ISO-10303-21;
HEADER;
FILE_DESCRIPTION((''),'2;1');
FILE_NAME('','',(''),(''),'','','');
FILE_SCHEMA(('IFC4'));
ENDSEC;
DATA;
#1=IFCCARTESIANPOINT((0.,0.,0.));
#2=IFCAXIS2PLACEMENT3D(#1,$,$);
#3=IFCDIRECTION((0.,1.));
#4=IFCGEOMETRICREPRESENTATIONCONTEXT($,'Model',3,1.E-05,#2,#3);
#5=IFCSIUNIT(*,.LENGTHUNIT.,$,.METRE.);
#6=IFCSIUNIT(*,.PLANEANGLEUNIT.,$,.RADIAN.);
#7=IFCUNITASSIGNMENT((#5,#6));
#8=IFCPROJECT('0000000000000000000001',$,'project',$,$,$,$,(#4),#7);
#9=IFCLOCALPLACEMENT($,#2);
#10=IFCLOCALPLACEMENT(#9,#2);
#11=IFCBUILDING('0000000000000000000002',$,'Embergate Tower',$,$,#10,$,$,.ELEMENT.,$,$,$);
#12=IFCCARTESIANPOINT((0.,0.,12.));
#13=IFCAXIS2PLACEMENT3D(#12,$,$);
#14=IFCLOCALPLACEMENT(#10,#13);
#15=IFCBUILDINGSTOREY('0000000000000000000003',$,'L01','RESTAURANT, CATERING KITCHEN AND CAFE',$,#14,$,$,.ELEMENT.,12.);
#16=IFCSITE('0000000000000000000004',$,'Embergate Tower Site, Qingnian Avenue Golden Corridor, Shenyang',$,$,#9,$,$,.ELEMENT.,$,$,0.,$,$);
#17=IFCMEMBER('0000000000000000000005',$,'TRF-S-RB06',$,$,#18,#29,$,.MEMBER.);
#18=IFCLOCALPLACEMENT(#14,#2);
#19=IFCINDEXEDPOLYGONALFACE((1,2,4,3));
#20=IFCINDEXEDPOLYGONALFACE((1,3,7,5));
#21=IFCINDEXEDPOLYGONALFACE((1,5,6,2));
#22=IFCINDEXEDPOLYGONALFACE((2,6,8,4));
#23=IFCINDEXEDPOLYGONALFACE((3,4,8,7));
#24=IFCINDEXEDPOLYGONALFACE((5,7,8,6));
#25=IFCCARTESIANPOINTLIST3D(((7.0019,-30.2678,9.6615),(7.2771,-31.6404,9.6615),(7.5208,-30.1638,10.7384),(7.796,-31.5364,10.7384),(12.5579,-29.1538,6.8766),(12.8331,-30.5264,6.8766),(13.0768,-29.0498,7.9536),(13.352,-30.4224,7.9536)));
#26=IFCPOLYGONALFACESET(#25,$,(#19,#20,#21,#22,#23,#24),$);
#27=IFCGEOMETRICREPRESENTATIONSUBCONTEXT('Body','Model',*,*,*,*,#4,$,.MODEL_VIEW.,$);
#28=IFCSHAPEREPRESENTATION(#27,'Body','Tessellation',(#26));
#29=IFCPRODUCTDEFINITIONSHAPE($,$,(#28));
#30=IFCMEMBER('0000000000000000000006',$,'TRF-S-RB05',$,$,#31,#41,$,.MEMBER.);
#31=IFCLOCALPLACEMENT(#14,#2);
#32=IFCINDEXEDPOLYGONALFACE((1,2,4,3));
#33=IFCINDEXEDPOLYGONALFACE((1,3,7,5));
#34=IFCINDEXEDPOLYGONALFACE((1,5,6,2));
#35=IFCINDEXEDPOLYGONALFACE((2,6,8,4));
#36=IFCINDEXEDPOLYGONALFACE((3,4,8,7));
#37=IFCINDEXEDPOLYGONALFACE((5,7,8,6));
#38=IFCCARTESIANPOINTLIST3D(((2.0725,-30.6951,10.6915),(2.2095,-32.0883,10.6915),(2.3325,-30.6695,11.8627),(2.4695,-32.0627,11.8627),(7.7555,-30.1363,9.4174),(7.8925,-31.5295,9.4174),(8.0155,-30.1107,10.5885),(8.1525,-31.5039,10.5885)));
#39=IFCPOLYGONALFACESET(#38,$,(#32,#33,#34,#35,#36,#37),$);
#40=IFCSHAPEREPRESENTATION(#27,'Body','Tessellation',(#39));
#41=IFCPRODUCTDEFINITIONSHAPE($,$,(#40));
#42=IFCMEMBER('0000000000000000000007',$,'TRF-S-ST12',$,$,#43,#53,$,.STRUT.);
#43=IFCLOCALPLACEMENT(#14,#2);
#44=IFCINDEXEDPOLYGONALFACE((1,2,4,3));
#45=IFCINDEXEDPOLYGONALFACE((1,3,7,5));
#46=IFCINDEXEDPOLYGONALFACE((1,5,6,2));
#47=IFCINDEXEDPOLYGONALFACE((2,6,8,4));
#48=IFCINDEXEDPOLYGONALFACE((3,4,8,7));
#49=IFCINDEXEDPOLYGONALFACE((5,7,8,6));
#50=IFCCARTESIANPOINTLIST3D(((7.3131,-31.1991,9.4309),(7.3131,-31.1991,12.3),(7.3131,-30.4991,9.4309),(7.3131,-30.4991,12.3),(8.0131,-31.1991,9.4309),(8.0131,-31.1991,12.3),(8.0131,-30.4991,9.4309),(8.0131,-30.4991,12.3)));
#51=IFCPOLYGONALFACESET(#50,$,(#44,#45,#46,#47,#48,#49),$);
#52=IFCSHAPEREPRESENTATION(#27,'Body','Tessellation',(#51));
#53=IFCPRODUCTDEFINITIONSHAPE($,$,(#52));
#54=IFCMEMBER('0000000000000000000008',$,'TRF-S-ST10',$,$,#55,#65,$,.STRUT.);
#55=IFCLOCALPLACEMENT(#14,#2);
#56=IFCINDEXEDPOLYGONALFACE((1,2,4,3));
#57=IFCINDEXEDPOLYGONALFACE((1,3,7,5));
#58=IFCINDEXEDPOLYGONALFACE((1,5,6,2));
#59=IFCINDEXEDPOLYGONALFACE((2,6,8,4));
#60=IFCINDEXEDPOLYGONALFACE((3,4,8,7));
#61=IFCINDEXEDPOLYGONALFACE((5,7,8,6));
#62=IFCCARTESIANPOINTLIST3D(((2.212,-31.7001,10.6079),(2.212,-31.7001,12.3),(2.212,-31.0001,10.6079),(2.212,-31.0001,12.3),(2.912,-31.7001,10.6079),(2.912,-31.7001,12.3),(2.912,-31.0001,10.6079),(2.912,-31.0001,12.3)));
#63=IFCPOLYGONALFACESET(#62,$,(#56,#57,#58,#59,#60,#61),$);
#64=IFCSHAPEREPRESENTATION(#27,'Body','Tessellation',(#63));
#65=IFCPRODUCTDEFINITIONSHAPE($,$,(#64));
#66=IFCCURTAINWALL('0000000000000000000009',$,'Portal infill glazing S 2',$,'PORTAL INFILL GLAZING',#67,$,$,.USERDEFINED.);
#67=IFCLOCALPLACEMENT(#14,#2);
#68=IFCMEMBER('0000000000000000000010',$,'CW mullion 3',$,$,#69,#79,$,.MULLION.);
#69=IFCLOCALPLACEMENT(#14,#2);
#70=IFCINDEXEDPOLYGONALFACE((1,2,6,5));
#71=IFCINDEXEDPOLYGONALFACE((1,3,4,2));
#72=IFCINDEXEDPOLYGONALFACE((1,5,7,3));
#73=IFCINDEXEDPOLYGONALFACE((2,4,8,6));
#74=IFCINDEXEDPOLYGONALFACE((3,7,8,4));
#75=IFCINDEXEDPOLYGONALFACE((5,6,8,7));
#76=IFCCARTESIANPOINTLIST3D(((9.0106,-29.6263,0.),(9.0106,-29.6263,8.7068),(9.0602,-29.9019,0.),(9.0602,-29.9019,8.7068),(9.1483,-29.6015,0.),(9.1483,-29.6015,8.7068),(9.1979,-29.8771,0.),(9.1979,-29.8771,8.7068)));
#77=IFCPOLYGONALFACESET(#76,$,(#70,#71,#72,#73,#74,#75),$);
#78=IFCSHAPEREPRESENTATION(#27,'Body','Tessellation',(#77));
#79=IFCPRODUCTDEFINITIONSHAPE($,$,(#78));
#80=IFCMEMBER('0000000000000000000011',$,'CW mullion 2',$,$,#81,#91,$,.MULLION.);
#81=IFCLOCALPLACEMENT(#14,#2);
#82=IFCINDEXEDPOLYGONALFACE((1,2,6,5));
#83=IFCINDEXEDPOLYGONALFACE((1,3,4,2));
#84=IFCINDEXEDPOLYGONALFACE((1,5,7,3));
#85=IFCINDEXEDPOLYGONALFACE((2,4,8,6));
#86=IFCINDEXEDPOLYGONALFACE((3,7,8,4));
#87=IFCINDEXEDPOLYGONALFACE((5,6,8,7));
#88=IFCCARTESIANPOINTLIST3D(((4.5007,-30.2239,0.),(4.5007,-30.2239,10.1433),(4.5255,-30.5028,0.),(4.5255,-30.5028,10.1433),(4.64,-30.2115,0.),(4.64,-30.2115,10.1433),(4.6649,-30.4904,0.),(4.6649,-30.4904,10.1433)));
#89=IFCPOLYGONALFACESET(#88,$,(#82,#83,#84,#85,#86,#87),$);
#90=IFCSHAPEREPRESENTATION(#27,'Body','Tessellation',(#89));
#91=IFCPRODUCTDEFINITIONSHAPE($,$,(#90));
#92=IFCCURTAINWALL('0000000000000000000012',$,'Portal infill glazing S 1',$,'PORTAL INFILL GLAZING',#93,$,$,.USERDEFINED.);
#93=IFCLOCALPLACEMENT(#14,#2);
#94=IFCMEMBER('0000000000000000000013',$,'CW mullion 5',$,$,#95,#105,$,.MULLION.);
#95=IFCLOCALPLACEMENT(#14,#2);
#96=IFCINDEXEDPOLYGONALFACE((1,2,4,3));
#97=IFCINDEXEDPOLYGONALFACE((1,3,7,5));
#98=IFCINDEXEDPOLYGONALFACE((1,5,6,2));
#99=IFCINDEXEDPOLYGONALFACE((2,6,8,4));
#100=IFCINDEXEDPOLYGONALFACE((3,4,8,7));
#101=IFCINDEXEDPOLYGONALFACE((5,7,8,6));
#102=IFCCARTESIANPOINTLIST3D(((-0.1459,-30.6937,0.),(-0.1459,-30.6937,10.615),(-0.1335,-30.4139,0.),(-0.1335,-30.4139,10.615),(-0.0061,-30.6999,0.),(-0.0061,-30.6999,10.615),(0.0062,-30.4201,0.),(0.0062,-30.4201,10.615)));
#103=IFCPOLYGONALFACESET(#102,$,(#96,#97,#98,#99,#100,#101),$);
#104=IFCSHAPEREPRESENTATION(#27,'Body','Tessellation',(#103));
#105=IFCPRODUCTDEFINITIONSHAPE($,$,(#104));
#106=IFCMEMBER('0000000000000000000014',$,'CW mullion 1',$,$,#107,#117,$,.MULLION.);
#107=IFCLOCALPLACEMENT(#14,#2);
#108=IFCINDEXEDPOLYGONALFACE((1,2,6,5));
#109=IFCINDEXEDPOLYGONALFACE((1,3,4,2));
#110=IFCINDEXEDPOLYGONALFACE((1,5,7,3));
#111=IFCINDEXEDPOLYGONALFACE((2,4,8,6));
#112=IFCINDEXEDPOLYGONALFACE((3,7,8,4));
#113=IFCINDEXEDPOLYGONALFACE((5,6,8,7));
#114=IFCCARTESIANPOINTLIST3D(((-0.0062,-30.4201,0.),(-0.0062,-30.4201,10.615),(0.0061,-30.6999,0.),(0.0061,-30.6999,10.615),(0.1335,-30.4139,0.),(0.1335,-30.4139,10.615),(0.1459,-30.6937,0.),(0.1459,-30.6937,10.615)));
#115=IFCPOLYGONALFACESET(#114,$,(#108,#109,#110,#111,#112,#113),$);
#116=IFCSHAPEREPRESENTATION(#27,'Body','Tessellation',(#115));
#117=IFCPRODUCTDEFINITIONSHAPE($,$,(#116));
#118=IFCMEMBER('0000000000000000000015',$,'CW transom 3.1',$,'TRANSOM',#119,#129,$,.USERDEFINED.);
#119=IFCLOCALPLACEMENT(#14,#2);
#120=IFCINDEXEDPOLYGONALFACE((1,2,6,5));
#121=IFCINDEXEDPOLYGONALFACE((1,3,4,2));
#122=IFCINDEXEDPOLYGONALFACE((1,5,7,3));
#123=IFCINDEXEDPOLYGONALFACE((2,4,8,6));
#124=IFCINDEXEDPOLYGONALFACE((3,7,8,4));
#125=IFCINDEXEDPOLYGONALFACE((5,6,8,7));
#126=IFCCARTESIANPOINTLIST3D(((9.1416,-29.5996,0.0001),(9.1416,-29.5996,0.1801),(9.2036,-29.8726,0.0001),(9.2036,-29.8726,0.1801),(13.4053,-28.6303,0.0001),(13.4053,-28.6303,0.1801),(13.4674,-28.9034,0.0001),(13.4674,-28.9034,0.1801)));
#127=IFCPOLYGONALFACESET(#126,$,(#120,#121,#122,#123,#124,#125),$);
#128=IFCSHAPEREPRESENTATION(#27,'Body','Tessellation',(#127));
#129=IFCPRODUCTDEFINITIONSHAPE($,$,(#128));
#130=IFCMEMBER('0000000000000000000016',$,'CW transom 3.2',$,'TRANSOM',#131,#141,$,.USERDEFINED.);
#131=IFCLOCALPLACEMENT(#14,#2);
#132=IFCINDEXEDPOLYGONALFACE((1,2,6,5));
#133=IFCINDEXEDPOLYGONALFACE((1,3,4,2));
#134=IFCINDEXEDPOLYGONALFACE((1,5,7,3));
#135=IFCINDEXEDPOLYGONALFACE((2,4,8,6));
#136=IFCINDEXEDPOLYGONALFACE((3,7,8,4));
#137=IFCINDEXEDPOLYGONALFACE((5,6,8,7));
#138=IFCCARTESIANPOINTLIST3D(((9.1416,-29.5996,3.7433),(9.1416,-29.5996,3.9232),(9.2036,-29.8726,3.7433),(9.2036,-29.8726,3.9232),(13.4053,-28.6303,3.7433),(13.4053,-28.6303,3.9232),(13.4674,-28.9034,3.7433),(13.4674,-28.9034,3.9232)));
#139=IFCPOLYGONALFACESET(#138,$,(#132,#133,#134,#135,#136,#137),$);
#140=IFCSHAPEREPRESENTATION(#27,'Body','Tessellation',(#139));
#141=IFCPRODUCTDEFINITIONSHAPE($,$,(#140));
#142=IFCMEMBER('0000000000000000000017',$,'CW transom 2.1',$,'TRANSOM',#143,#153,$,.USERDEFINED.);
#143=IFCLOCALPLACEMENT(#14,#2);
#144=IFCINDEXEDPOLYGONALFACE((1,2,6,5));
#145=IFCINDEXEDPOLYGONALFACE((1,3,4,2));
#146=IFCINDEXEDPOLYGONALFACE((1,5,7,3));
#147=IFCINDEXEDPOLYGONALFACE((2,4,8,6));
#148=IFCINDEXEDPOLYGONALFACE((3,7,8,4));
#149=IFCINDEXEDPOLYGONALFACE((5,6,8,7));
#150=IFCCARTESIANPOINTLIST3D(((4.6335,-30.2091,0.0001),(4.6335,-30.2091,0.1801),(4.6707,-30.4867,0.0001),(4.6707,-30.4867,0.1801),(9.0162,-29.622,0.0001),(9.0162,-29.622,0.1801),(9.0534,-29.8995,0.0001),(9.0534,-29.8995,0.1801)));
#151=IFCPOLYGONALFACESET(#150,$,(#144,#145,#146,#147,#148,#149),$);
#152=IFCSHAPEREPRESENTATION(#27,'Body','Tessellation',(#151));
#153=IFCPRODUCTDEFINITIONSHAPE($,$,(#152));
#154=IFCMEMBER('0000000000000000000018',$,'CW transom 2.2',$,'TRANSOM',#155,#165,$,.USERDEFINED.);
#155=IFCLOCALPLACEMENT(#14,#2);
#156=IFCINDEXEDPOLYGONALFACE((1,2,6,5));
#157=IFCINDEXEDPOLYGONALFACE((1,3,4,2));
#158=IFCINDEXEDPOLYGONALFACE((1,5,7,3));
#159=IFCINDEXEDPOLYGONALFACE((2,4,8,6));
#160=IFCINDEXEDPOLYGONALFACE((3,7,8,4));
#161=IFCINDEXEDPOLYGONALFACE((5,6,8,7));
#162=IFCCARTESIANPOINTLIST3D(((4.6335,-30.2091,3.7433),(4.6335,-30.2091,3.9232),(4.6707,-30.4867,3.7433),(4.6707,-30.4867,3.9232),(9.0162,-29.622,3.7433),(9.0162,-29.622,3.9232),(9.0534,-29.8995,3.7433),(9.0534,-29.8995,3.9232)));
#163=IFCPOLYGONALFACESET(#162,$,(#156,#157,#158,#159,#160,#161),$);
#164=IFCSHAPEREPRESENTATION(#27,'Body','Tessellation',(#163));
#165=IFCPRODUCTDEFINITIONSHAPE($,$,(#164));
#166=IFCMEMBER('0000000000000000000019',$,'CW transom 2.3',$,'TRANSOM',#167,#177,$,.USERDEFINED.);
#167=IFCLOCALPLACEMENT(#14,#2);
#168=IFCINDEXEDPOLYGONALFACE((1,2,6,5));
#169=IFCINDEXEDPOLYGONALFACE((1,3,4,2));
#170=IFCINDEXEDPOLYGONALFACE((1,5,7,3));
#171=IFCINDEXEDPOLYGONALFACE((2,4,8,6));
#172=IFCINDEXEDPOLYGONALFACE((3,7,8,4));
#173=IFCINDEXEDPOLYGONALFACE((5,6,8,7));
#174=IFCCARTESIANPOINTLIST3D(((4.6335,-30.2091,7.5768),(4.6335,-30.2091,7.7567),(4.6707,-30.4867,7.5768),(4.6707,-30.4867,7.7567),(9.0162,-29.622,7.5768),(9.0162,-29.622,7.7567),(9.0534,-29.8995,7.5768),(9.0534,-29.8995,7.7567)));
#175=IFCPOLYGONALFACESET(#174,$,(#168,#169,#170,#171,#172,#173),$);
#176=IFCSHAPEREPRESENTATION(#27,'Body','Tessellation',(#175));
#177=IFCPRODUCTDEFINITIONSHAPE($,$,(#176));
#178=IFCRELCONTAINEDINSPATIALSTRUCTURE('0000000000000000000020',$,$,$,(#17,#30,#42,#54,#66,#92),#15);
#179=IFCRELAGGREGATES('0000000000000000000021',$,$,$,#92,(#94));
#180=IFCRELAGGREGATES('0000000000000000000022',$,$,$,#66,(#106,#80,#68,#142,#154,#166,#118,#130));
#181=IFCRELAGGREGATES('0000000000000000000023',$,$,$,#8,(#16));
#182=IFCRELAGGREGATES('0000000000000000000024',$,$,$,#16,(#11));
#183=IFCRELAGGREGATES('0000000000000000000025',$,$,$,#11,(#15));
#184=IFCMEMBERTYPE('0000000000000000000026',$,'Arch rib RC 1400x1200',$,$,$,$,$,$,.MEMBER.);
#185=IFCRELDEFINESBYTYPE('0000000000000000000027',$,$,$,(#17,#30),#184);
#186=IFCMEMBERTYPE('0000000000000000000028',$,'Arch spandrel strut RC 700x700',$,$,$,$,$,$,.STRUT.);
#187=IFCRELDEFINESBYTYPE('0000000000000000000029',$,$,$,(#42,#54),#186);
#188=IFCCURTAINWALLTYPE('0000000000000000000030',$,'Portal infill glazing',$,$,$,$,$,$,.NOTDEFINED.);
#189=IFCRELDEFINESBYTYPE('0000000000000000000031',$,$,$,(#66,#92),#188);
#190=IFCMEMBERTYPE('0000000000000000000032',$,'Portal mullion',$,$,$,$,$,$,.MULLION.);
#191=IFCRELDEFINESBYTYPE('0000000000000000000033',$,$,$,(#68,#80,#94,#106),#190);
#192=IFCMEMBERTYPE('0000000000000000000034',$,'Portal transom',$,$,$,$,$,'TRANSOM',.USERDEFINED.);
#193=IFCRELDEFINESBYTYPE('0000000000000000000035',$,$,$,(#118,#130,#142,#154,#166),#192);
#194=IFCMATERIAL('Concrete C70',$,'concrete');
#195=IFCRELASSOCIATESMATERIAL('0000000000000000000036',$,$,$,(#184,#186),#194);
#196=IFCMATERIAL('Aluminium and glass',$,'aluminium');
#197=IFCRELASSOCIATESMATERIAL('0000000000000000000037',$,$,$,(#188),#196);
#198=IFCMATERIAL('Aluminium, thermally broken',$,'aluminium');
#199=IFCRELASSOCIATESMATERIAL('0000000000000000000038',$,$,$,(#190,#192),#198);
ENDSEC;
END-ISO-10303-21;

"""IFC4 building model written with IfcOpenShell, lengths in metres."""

from ifc_helpers import new_model, si_unit, direction, frame, origin, origin_2d, place, context, subcontext, project, spatial, rectangle, extrude, source, transform, mapped, material, material_profile, profile_set, type_object, element, aggregate, save


model = new_model("IFC4")

# Units and contexts
model_context = context("Model", 3, precision=1e-05, world=origin(), true_north=direction((0.0, 1.0)))
body_context = subcontext(model_context, "Body", "Model", "MODEL_VIEW")
ifc_project = project(units=[si_unit("LENGTHUNIT", "METRE"), si_unit("PLANEANGLEUNIT", "RADIAN")], contexts=[model_context])

# Site, building, storey
site_placement = place(None, origin())
site = spatial("IfcSite", under=ifc_project, at=site_placement, Name="Embergate Tower Site, Qingnian Avenue Golden Corridor, Shenyang", CompositionType="ELEMENT", RefElevation=0.0)
building_placement = place(site_placement, origin())
building = spatial("IfcBuilding", under=site, at=building_placement, Name="Embergate Tower", CompositionType="ELEMENT")
storey_placement = place(building_placement, frame((0.0, 0.0, 12.0)))
storey = spatial("IfcBuildingStorey", under=building, at=storey_placement, Name="L01", Description="RESTAURANT, CATERING KITCHEN AND CAFE", CompositionType="ELEMENT", Elevation=12.0)

# Members
ifc_material_1 = material(Name="Concrete C70", Category="concrete")
ifc_material_profile_1 = material_profile(ifc_material_1, rectangle(XDim=1.3999, YDim=1.2, at=origin_2d()), Name="RC 1400x1200")
ifc_profile_set_1 = profile_set([ifc_material_profile_1], Name="Concrete C70")
member_type_1 = type_object("IfcMemberType", Name="Arch rib RC 1400x1200", PredefinedType="MEMBER", material=ifc_profile_set_1)
shared_shape_1 = source(origin(), body_context, "Body", "SweptSolid", [
    extrude(rectangle(XDim=1.3999, YDim=1.2, at=origin_2d()), origin(), (0.0, 0.0, 1.0), 6.314),
])
member_1_placement = place(storey_placement, frame((7.3989, -30.9021, 10.2), z_axis=(0.879962, 0.176433, -0.441064), x_axis=(-0.196588, 0.980486, 0.0)))
element("IfcMember", 1, at=member_1_placement, inside=storey, type_object=member_type_1, Name="TRF-S-RB06", PredefinedType="MEMBER", context=body_context, shape_type="MappedRepresentation", body=[
    mapped(shared_shape_1, transform((0.0, 0.0, 0.0))),
])
shared_shape_2 = source(origin(), body_context, "Body", "SweptSolid", [
    extrude(rectangle(XDim=1.3999, YDim=1.2, at=origin_2d()), origin(), (0.0, 0.0, 1.0), 5.8508),
])
member_2_placement = place(storey_placement, frame((2.271, -31.3789, 11.2771), z_axis=(0.971315, 0.095513, -0.217772), x_axis=(-0.097861, 0.9952, 0.0)))
element("IfcMember", 2, at=member_2_placement, inside=storey, type_object=member_type_1, Name="TRF-S-RB05", PredefinedType="MEMBER", context=body_context, shape_type="MappedRepresentation", body=[
    mapped(shared_shape_2, transform((0.0, 0.0, 0.0))),
])
ifc_material_profile_2 = material_profile(ifc_material_1, rectangle(XDim=0.7, YDim=0.7, at=origin_2d()), Name="RC 700x700")
ifc_profile_set_2 = profile_set([ifc_material_profile_2], Name="Concrete C70")
member_type_2 = type_object("IfcMemberType", Name="Arch spandrel strut RC 700x700", PredefinedType="STRUT", material=ifc_profile_set_2)
shared_shape_3 = source(origin(), body_context, "Body", "SweptSolid", [
    extrude(rectangle(XDim=0.7, YDim=0.7, at=origin_2d()), origin(), (0.0, 0.0, 1.0), 2.8691),
])
member_3_placement = place(storey_placement, frame((7.6631, -30.8491, 9.4309), z_axis=(0.0, 0.0, 1.0), x_axis=(1.0, 0.0, 0.0)))
element("IfcMember", 3, at=member_3_placement, inside=storey, type_object=member_type_2, Name="TRF-S-ST12", PredefinedType="STRUT", context=body_context, shape_type="MappedRepresentation", body=[
    mapped(shared_shape_3, transform((0.0, 0.0, 0.0))),
])
shared_shape_4 = source(origin(), body_context, "Body", "SweptSolid", [
    extrude(rectangle(XDim=0.7, YDim=0.7, at=origin_2d()), origin(), (0.0, 0.0, 1.0), 1.6921),
])
member_4_placement = place(storey_placement, frame((2.562, -31.3501, 10.6079), z_axis=(0.0, 0.0, 1.0), x_axis=(1.0, 0.0, 0.0)))
element("IfcMember", 4, at=member_4_placement, inside=storey, type_object=member_type_2, Name="TRF-S-ST10", PredefinedType="STRUT", context=body_context, shape_type="MappedRepresentation", body=[
    mapped(shared_shape_4, transform((0.0, 0.0, 0.0))),
])

# Curtain wall, members
ifc_material_2 = material(Name="Aluminium and glass", Category="aluminium")
curtain_wall_type = type_object("IfcCurtainWallType", Name="Portal infill glazing", PredefinedType="NOTDEFINED", material=ifc_material_2)
curtain_wall_1_placement = place(storey_placement, origin())
curtain_wall_1 = element("IfcCurtainWall", 5, at=curtain_wall_1_placement, inside=storey, type_object=curtain_wall_type, Name="Portal infill glazing S 2", ObjectType="PORTAL INFILL GLAZING", PredefinedType="USERDEFINED")
ifc_material_3 = material(Name="Aluminium, thermally broken", Category="aluminium")
ifc_material_profile_3 = material_profile(ifc_material_3, rectangle(XDim=0.28, YDim=0.1399, at=origin_2d()), Name="AL 140x280")
ifc_profile_set_3 = profile_set([ifc_material_profile_3], Name="Aluminium, thermally broken")
member_type_3 = type_object("IfcMemberType", Name="Portal mullion", PredefinedType="MULLION", material=ifc_profile_set_3)
shared_shape_5 = source(origin(), body_context, "Body", "SweptSolid", [
    extrude(rectangle(XDim=0.28, YDim=0.1399, at=origin_2d()), origin(), (0.0, 0.0, 1.0), 8.7068),
])
member_5_placement = place(storey_placement, frame((9.1042, -29.7517, 0.0), z_axis=(0.0, 0.0, 1.0), x_axis=(-0.177147, 0.984184, 0.0)))
member_5 = element("IfcMember", 6, at=member_5_placement, type_object=member_type_3, Name="CW mullion 3", PredefinedType="MULLION", context=body_context, shape_type="MappedRepresentation", body=[
    mapped(shared_shape_5, transform((0.0, 0.0, 0.0))),
])
shared_shape_6 = source(origin(), body_context, "Body", "SweptSolid", [
    extrude(rectangle(XDim=0.28, YDim=0.1399, at=origin_2d()), origin(), (0.0, 0.0, 1.0), 10.1433),
])
member_6_placement = place(storey_placement, frame((4.5828, -30.3572, 0.0), z_axis=(0.0, 0.0, 1.0), x_axis=(-0.08879, 0.99605, 0.0)))
member_6 = element("IfcMember", 7, at=member_6_placement, type_object=member_type_3, Name="CW mullion 2", PredefinedType="MULLION", context=body_context, shape_type="MappedRepresentation", body=[
    mapped(shared_shape_6, transform((0.0, 0.0, 0.0))),
])

# Curtain wall, member
curtain_wall_2_placement = place(storey_placement, origin())
curtain_wall_2 = element("IfcCurtainWall", 8, at=curtain_wall_2_placement, inside=storey, type_object=curtain_wall_type, Name="Portal infill glazing S 1", ObjectType="PORTAL INFILL GLAZING", PredefinedType="USERDEFINED")
shared_shape_7 = source(origin(), body_context, "Body", "SweptSolid", [
    extrude(rectangle(XDim=0.28, YDim=0.1399, at=origin_2d()), origin(), (0.0, 0.0, 1.0), 10.615),
])
member_7_placement = place(storey_placement, frame((-0.0698, -30.5569, 0.0), z_axis=(0.0, 0.0, 1.0), x_axis=(0.04421, 0.999022, 0.0)))
member_7 = element("IfcMember", 9, at=member_7_placement, type_object=member_type_3, Name="CW mullion 5", PredefinedType="MULLION", context=body_context, shape_type="MappedRepresentation", body=[
    mapped(shared_shape_7, transform((0.0, 0.0, 0.0))),
])
aggregate(curtain_wall_2, [member_7])

# Members
member_8_placement = place(storey_placement, frame((0.0698, -30.5569, 0.0), z_axis=(0.0, 0.0, 1.0), x_axis=(-0.04421, 0.999022, 0.0)))
member_8 = element("IfcMember", 10, at=member_8_placement, type_object=member_type_3, Name="CW mullion 1", PredefinedType="MULLION", context=body_context, shape_type="MappedRepresentation", body=[
    mapped(shared_shape_7, transform((0.0, 0.0, 0.0))),
])
ifc_material_profile_4 = material_profile(ifc_material_3, rectangle(XDim=0.28, YDim=0.1799, at=origin_2d()), Name="AL 180x280")
ifc_profile_set_4 = profile_set([ifc_material_profile_4], Name="Aluminium, thermally broken")
member_type_4 = type_object("IfcMemberType", Name="Portal transom", ElementType="TRANSOM", PredefinedType="USERDEFINED", material=ifc_profile_set_4)
shared_shape_8 = source(origin(), body_context, "Body", "SweptSolid", [
    extrude(rectangle(XDim=0.28, YDim=0.1799, at=origin_2d()), origin(), (0.0, 0.0, 1.0), 4.3726),
])
member_9_placement = place(storey_placement, frame((9.1726, -29.7361, 0.0901), z_axis=(0.975122, 0.221669, 0.0), x_axis=(-0.221669, 0.975122, 0.0)))
member_9 = element("IfcMember", 11, at=member_9_placement, type_object=member_type_4, Name="CW transom 3.1", ObjectType="TRANSOM", PredefinedType="USERDEFINED", context=body_context, shape_type="MappedRepresentation", body=[
    mapped(shared_shape_8, transform((0.0, 0.0, 0.0))),
])
member_10_placement = place(storey_placement, frame((9.1726, -29.7361, 3.8333), z_axis=(0.975122, 0.221669, 0.0), x_axis=(-0.221669, 0.975122, 0.0)))
member_10 = element("IfcMember", 12, at=member_10_placement, type_object=member_type_4, Name="CW transom 3.2", ObjectType="TRANSOM", PredefinedType="USERDEFINED", context=body_context, shape_type="MappedRepresentation", body=[
    mapped(shared_shape_8, transform((0.0, 0.0, 0.0))),
])
shared_shape_9 = source(origin(), body_context, "Body", "SweptSolid", [
    extrude(rectangle(XDim=0.28, YDim=0.1799, at=origin_2d()), origin(), (0.0, 0.0, 1.0), 4.4219),
])
member_11_placement = place(storey_placement, frame((4.6521, -30.3479, 0.0901), z_axis=(0.991145, 0.132782, 0.0), x_axis=(-0.132782, 0.991145, 0.0)))
member_11 = element("IfcMember", 13, at=member_11_placement, type_object=member_type_4, Name="CW transom 2.1", ObjectType="TRANSOM", PredefinedType="USERDEFINED", context=body_context, shape_type="MappedRepresentation", body=[
    mapped(shared_shape_9, transform((0.0, 0.0, 0.0))),
])
member_12_placement = place(storey_placement, frame((4.6521, -30.3479, 3.8333), z_axis=(0.991145, 0.132782, 0.0), x_axis=(-0.132782, 0.991145, 0.0)))
member_12 = element("IfcMember", 14, at=member_12_placement, type_object=member_type_4, Name="CW transom 2.2", ObjectType="TRANSOM", PredefinedType="USERDEFINED", context=body_context, shape_type="MappedRepresentation", body=[
    mapped(shared_shape_9, transform((0.0, 0.0, 0.0))),
])
member_13_placement = place(storey_placement, frame((4.6521, -30.3479, 7.6667), z_axis=(0.991145, 0.132782, 0.0), x_axis=(-0.132782, 0.991145, 0.0)))
member_13 = element("IfcMember", 15, at=member_13_placement, type_object=member_type_4, Name="CW transom 2.3", ObjectType="TRANSOM", PredefinedType="USERDEFINED", context=body_context, shape_type="MappedRepresentation", body=[
    mapped(shared_shape_9, transform((0.0, 0.0, 0.0))),
])

aggregate(curtain_wall_1, [member_8, member_6, member_5, member_11, member_12, member_13, member_9, member_10])

save(model, "model.ifc")
